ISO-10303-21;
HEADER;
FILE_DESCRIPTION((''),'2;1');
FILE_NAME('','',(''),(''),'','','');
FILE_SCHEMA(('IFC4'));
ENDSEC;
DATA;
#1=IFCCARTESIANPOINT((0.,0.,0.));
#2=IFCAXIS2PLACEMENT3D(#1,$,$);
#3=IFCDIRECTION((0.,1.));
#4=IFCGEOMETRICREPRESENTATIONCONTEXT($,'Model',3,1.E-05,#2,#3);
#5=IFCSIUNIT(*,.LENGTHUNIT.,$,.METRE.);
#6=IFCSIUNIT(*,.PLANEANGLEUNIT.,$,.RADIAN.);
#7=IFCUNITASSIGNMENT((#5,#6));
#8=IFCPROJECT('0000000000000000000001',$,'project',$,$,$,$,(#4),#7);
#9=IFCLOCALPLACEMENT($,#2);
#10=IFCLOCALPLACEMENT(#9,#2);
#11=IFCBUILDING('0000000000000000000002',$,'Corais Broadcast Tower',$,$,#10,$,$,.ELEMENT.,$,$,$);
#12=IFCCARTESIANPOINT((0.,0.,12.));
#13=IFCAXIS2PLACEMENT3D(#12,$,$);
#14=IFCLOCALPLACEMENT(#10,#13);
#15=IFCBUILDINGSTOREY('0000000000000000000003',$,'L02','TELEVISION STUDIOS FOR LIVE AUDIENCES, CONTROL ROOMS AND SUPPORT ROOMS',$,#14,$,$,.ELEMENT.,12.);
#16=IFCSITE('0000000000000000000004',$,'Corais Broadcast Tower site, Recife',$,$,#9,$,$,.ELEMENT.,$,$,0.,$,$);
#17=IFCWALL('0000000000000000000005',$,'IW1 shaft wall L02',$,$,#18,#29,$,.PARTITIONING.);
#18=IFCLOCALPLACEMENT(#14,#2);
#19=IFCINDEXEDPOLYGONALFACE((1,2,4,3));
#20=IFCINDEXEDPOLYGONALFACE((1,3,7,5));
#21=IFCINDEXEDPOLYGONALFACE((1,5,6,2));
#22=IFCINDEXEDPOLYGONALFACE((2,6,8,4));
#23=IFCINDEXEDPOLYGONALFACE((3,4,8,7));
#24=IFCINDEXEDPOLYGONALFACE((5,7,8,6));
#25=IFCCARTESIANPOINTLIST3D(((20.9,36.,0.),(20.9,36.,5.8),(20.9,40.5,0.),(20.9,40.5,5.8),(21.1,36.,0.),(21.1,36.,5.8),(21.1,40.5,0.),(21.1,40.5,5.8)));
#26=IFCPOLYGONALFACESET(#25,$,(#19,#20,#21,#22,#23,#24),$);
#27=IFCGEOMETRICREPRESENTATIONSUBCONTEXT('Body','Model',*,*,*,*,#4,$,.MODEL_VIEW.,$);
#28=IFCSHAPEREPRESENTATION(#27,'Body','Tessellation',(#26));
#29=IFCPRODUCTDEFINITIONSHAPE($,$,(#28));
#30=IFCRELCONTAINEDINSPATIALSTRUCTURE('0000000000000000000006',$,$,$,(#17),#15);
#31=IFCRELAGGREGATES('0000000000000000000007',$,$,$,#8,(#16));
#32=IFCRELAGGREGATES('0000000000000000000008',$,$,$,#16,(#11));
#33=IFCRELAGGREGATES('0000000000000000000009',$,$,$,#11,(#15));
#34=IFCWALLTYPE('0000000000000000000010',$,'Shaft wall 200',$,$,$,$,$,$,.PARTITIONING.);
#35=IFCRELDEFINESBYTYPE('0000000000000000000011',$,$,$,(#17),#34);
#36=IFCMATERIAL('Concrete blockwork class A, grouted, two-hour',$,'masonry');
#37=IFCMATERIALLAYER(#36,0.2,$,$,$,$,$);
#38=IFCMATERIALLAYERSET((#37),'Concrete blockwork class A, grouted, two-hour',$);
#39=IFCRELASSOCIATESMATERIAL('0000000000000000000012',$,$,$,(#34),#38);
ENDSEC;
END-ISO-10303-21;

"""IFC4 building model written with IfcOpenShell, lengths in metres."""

from ifc_helpers import new_model, si_unit, direction, frame, frame_2d, origin, place, context, subcontext, project, spatial, rectangle, extrude, material, layer, layer_set, type_object, element, save


model = new_model("IFC4")

# Units and contexts
model_context = context("Model", 3, precision=1e-05, world=origin(), true_north=direction((0.0, 1.0)))
body_context = subcontext(model_context, "Body", "Model", "MODEL_VIEW")
ifc_project = project(units=[si_unit("LENGTHUNIT", "METRE"), si_unit("PLANEANGLEUNIT", "RADIAN")], contexts=[model_context])

# Site, building, storey
site_placement = place(None, origin())
site = spatial("IfcSite", under=ifc_project, at=site_placement, Name="Corais Broadcast Tower site, Recife", CompositionType="ELEMENT", RefElevation=0.0)
building_placement = place(site_placement, origin())
building = spatial("IfcBuilding", under=site, at=building_placement, Name="Corais Broadcast Tower", CompositionType="ELEMENT")
storey_placement = place(building_placement, frame((0.0, 0.0, 12.0)))
storey = spatial("IfcBuildingStorey", under=building, at=storey_placement, Name="L02", Description="TELEVISION STUDIOS FOR LIVE AUDIENCES, CONTROL ROOMS AND SUPPORT ROOMS", CompositionType="ELEMENT", Elevation=12.0)

# Wall
ifc_material_1 = material(Name="Concrete blockwork class A, grouted, two-hour", Category="masonry")
ifc_layer_1 = layer(ifc_material_1, 0.2)
ifc_layer_set_1 = layer_set([ifc_layer_1], Name="Concrete blockwork class A, grouted, two-hour")
wall_type_1 = type_object("IfcWallType", Name="Shaft wall 200", PredefinedType="PARTITIONING", material=ifc_layer_set_1)
wall_1_placement = place(storey_placement, frame((21.0, 36.0, 0.0), z_axis=(0.0, 0.0, 1.0), x_axis=(0.0, 1.0, 0.0)))
element("IfcWall", 1, at=wall_1_placement, inside=storey, type_object=wall_type_1, Name="IW1 shaft wall L02", PredefinedType="PARTITIONING", context=body_context, shape_type="SweptSolid", body=[
    extrude(rectangle(XDim=4.5, YDim=0.2, at=frame_2d((2.25, 0.0))), origin(), (0.0, 0.0, 1.0), 5.8),
])

save(model, "model.ifc")
